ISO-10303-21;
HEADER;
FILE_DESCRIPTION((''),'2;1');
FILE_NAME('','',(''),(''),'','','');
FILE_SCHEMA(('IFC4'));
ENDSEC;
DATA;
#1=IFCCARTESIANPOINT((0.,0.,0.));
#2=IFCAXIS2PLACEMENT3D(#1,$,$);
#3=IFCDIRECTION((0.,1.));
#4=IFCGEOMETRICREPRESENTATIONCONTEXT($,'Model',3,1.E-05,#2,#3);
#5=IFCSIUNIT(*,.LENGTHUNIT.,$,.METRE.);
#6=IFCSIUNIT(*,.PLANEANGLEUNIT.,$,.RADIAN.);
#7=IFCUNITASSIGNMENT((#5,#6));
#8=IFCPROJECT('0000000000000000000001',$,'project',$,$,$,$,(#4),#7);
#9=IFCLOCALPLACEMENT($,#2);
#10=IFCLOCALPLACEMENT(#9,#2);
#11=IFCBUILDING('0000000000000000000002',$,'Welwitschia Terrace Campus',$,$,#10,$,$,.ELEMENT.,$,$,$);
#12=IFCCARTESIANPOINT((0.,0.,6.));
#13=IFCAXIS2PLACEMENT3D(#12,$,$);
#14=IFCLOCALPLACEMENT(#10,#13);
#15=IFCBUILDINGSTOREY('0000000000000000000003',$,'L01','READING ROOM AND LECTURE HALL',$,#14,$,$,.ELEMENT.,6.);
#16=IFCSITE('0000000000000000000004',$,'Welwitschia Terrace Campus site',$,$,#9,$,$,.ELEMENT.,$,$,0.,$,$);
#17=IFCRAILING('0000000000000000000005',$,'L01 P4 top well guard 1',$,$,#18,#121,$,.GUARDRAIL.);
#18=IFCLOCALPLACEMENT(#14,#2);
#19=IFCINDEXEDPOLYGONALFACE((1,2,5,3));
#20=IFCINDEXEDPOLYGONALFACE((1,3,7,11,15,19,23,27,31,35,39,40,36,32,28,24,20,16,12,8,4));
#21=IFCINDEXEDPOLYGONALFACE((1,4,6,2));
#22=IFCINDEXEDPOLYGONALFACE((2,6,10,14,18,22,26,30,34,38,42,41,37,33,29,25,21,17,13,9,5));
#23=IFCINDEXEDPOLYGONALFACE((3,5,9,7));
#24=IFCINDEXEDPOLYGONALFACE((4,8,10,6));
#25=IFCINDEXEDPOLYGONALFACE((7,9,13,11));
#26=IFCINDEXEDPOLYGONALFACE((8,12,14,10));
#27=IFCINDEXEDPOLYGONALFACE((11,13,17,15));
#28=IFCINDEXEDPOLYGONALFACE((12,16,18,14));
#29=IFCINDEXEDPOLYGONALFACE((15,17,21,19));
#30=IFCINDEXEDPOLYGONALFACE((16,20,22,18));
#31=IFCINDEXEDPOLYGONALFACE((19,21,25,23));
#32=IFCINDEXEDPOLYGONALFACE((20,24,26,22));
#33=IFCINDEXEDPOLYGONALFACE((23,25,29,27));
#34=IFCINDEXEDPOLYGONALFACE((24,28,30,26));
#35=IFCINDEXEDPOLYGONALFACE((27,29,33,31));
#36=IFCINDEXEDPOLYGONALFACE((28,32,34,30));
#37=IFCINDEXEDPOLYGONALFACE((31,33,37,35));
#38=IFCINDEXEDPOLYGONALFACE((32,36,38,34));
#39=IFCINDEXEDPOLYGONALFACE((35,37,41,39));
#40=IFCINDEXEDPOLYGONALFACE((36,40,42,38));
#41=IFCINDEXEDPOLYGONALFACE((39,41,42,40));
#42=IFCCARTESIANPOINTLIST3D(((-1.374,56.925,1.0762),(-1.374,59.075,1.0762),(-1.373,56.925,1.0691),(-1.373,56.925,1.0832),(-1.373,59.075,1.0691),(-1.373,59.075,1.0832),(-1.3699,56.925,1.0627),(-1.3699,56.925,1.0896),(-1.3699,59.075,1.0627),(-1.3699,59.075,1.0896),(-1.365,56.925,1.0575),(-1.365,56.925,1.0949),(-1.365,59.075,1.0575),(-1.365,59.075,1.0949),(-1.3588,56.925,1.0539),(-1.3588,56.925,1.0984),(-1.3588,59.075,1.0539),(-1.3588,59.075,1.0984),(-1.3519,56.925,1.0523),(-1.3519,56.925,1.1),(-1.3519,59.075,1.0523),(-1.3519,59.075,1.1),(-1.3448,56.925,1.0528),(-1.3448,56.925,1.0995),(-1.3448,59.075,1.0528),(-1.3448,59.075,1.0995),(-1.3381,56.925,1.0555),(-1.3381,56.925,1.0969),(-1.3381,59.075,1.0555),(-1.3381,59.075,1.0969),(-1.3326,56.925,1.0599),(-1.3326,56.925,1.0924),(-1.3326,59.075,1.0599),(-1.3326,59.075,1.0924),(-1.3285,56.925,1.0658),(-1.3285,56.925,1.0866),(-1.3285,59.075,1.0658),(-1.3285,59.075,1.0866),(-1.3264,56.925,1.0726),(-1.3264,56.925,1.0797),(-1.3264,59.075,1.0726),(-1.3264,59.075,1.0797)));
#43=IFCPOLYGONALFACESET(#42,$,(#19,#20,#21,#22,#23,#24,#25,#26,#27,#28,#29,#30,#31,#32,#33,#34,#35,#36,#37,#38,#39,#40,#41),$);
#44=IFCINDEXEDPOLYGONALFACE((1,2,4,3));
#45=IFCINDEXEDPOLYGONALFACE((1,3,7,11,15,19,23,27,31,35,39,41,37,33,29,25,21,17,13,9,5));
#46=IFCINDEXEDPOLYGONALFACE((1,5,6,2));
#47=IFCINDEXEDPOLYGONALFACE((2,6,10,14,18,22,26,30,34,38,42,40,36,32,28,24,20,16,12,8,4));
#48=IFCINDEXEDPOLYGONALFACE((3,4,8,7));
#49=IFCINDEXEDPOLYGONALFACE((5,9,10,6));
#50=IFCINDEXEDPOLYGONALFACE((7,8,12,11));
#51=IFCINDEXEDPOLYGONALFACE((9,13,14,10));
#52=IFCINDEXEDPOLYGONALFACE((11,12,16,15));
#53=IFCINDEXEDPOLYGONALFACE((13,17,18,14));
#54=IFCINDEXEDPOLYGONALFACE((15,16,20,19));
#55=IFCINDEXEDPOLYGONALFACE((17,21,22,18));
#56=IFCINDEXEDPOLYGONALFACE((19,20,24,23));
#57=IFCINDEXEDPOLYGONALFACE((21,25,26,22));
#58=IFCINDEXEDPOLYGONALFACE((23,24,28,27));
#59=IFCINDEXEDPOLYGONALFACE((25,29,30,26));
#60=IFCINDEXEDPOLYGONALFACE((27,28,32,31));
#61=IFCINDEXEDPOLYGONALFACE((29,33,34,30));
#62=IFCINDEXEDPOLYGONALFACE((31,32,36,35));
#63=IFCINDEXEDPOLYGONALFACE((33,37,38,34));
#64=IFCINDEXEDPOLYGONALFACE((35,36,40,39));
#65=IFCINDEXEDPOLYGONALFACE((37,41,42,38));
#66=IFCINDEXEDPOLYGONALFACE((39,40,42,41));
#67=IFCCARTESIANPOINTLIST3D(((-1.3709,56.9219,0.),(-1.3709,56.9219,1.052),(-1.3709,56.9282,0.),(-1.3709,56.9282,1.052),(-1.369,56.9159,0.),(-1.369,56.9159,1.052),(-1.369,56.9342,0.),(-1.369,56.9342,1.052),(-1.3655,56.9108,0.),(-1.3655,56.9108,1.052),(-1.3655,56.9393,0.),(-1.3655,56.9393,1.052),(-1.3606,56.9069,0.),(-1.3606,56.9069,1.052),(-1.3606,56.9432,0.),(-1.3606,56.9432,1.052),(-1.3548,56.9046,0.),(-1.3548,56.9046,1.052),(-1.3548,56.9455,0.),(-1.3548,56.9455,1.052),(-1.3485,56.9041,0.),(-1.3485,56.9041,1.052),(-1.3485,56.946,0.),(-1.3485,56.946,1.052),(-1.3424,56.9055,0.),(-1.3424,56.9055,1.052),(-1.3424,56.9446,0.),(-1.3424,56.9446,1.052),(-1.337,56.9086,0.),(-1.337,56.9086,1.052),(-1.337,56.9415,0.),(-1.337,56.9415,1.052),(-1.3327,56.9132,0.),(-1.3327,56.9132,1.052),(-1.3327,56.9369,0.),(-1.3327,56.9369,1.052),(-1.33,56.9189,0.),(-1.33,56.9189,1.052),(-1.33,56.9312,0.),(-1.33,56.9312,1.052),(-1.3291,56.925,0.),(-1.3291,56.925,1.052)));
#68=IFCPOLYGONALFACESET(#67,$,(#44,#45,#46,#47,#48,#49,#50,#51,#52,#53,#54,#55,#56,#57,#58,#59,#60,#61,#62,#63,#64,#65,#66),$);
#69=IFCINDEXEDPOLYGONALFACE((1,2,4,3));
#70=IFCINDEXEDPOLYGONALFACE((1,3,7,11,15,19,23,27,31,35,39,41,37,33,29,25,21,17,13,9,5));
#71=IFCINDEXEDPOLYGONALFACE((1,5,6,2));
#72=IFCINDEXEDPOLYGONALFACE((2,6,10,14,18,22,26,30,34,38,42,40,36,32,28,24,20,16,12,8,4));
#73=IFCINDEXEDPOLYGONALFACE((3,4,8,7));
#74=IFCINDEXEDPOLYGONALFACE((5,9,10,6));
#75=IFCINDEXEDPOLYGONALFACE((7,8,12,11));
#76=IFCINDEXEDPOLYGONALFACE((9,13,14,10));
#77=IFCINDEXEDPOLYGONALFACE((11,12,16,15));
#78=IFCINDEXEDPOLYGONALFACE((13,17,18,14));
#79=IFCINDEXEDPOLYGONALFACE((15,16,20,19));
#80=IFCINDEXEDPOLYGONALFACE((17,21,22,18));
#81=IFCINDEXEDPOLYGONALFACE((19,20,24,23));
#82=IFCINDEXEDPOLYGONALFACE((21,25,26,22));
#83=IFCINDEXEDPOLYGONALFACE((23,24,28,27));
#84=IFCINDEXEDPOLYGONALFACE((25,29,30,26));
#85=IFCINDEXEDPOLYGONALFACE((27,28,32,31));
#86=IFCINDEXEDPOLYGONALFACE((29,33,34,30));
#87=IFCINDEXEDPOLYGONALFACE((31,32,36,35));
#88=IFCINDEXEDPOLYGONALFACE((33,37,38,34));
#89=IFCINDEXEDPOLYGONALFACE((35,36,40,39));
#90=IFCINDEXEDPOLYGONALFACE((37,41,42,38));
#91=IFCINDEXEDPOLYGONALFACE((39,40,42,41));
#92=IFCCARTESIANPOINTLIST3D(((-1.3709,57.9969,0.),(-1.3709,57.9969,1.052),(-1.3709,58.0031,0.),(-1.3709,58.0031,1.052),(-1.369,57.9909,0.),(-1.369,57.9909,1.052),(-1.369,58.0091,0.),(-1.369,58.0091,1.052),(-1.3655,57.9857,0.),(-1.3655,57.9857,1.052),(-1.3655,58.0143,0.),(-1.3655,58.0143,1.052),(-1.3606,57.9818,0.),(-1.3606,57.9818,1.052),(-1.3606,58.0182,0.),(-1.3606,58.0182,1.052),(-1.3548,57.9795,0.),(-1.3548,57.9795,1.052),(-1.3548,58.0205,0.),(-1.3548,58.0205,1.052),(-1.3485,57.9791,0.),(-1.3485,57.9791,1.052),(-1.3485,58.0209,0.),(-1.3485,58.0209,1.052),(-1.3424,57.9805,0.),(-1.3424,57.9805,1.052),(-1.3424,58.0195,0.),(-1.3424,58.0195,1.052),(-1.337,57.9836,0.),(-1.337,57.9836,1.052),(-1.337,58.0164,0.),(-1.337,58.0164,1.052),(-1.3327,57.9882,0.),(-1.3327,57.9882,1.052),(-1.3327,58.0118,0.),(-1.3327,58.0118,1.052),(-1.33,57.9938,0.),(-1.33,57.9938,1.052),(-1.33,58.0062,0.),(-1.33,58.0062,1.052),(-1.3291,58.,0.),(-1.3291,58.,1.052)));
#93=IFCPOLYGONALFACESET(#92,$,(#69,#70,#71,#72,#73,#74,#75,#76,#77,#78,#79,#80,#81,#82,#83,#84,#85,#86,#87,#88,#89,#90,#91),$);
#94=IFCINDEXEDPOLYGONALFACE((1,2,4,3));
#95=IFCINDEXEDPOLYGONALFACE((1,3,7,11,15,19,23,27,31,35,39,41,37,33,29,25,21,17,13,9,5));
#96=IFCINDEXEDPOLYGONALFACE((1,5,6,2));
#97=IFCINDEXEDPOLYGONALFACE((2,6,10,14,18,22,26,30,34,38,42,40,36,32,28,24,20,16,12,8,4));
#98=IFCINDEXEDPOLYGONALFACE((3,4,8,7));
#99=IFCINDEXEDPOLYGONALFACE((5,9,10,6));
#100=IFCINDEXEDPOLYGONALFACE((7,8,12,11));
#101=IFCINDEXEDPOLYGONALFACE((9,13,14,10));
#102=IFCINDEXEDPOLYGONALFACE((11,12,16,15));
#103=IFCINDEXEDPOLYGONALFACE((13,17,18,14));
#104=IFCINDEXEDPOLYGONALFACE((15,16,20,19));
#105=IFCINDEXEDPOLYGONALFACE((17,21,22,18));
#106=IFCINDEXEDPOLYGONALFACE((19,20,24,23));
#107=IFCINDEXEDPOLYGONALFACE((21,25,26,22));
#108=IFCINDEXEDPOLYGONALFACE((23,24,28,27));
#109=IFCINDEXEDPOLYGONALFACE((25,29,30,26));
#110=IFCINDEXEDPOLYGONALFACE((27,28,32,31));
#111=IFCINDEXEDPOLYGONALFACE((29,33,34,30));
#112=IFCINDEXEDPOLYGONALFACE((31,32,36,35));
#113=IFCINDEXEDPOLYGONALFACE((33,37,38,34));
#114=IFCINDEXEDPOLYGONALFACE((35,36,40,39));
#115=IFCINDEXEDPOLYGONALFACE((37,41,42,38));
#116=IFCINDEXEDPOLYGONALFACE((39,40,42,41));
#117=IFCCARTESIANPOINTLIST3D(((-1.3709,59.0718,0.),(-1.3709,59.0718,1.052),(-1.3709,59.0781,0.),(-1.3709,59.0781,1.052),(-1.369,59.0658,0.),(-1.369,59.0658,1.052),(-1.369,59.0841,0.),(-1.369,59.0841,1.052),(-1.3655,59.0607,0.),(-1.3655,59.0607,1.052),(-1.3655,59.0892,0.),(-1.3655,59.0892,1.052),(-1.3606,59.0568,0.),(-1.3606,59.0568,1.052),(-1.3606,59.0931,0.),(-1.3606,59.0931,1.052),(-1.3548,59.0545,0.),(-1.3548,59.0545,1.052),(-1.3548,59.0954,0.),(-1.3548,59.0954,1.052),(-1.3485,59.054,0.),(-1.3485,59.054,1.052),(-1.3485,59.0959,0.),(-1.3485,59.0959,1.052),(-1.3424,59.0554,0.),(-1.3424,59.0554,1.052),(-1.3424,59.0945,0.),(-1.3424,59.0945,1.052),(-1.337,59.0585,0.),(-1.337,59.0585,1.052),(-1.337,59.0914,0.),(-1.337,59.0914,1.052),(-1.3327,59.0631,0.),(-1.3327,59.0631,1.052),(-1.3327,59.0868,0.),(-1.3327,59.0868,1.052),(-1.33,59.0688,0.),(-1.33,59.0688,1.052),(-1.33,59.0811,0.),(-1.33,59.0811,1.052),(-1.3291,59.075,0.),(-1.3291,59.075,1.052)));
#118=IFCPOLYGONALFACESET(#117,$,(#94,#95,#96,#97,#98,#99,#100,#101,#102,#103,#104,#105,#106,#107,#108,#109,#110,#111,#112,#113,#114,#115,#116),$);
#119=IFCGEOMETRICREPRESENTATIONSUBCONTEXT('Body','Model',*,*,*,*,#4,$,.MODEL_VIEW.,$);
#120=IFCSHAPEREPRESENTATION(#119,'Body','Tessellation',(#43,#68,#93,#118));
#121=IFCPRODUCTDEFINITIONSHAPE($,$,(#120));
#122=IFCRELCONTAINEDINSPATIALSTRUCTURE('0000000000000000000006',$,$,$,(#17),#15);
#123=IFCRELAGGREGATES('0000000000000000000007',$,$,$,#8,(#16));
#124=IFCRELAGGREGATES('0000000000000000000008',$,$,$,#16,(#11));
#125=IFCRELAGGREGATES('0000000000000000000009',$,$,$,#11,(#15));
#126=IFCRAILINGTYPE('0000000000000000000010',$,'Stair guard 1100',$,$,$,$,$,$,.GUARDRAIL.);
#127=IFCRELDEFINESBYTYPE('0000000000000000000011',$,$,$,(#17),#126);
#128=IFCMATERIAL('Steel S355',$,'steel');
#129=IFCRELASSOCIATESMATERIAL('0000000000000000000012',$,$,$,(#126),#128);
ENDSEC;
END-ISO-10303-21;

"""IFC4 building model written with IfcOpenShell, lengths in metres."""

from ifc_helpers import new_model, si_unit, direction, frame, origin, origin_2d, place, context, subcontext, project, spatial, circle, extrude, material, type_object, element, save


model = new_model("IFC4")

# Units and contexts
model_context = context("Model", 3, precision=1e-05, world=origin(), true_north=direction((0.0, 1.0)))
body_context = subcontext(model_context, "Body", "Model", "MODEL_VIEW")
ifc_project = project(units=[si_unit("LENGTHUNIT", "METRE"), si_unit("PLANEANGLEUNIT", "RADIAN")], contexts=[model_context])

# Site, building, storey
site_placement = place(None, origin())
site = spatial("IfcSite", under=ifc_project, at=site_placement, Name="Welwitschia Terrace Campus site", CompositionType="ELEMENT", RefElevation=0.0)
building_placement = place(site_placement, origin())
building = spatial("IfcBuilding", under=site, at=building_placement, Name="Welwitschia Terrace Campus", CompositionType="ELEMENT")
storey_placement = place(building_placement, frame((0.0, 0.0, 6.0)))
storey = spatial("IfcBuildingStorey", under=building, at=storey_placement, Name="L01", Description="READING ROOM AND LECTURE HALL", CompositionType="ELEMENT", Elevation=6.0)

# Railing
ifc_material_1 = material(Name="Steel S355", Category="steel")
railing_type = type_object("IfcRailingType", Name="Stair guard 1100", PredefinedType="GUARDRAIL", material=ifc_material_1)
railing_placement = place(storey_placement, frame((-1.3501, 56.925, 0.0)))
element("IfcRailing", 1, at=railing_placement, inside=storey, type_object=railing_type, Name="L01 P4 top well guard 1", PredefinedType="GUARDRAIL", context=body_context, shape_type="SweptSolid", body=[
    extrude(circle(Radius=0.0239, at=origin_2d()), frame((0.0, 0.0, 1.0762), z_axis=(0.0, 1.0, 0.0), x_axis=(-1.0, 0.0, 0.0)), (0.0, 0.0, 1.0), 2.1499),
    extrude(circle(Radius=0.021, at=origin_2d()), origin(), (0.0, 0.0, 1.0), 1.052),
    extrude(circle(Radius=0.021, at=origin_2d()), frame((0.0, 1.075, 0.0)), (0.0, 0.0, 1.0), 1.052),
    extrude(circle(Radius=0.021, at=origin_2d()), frame((0.0, 2.1499, 0.0)), (0.0, 0.0, 1.0), 1.052),
])

save(model, "model.ifc")
